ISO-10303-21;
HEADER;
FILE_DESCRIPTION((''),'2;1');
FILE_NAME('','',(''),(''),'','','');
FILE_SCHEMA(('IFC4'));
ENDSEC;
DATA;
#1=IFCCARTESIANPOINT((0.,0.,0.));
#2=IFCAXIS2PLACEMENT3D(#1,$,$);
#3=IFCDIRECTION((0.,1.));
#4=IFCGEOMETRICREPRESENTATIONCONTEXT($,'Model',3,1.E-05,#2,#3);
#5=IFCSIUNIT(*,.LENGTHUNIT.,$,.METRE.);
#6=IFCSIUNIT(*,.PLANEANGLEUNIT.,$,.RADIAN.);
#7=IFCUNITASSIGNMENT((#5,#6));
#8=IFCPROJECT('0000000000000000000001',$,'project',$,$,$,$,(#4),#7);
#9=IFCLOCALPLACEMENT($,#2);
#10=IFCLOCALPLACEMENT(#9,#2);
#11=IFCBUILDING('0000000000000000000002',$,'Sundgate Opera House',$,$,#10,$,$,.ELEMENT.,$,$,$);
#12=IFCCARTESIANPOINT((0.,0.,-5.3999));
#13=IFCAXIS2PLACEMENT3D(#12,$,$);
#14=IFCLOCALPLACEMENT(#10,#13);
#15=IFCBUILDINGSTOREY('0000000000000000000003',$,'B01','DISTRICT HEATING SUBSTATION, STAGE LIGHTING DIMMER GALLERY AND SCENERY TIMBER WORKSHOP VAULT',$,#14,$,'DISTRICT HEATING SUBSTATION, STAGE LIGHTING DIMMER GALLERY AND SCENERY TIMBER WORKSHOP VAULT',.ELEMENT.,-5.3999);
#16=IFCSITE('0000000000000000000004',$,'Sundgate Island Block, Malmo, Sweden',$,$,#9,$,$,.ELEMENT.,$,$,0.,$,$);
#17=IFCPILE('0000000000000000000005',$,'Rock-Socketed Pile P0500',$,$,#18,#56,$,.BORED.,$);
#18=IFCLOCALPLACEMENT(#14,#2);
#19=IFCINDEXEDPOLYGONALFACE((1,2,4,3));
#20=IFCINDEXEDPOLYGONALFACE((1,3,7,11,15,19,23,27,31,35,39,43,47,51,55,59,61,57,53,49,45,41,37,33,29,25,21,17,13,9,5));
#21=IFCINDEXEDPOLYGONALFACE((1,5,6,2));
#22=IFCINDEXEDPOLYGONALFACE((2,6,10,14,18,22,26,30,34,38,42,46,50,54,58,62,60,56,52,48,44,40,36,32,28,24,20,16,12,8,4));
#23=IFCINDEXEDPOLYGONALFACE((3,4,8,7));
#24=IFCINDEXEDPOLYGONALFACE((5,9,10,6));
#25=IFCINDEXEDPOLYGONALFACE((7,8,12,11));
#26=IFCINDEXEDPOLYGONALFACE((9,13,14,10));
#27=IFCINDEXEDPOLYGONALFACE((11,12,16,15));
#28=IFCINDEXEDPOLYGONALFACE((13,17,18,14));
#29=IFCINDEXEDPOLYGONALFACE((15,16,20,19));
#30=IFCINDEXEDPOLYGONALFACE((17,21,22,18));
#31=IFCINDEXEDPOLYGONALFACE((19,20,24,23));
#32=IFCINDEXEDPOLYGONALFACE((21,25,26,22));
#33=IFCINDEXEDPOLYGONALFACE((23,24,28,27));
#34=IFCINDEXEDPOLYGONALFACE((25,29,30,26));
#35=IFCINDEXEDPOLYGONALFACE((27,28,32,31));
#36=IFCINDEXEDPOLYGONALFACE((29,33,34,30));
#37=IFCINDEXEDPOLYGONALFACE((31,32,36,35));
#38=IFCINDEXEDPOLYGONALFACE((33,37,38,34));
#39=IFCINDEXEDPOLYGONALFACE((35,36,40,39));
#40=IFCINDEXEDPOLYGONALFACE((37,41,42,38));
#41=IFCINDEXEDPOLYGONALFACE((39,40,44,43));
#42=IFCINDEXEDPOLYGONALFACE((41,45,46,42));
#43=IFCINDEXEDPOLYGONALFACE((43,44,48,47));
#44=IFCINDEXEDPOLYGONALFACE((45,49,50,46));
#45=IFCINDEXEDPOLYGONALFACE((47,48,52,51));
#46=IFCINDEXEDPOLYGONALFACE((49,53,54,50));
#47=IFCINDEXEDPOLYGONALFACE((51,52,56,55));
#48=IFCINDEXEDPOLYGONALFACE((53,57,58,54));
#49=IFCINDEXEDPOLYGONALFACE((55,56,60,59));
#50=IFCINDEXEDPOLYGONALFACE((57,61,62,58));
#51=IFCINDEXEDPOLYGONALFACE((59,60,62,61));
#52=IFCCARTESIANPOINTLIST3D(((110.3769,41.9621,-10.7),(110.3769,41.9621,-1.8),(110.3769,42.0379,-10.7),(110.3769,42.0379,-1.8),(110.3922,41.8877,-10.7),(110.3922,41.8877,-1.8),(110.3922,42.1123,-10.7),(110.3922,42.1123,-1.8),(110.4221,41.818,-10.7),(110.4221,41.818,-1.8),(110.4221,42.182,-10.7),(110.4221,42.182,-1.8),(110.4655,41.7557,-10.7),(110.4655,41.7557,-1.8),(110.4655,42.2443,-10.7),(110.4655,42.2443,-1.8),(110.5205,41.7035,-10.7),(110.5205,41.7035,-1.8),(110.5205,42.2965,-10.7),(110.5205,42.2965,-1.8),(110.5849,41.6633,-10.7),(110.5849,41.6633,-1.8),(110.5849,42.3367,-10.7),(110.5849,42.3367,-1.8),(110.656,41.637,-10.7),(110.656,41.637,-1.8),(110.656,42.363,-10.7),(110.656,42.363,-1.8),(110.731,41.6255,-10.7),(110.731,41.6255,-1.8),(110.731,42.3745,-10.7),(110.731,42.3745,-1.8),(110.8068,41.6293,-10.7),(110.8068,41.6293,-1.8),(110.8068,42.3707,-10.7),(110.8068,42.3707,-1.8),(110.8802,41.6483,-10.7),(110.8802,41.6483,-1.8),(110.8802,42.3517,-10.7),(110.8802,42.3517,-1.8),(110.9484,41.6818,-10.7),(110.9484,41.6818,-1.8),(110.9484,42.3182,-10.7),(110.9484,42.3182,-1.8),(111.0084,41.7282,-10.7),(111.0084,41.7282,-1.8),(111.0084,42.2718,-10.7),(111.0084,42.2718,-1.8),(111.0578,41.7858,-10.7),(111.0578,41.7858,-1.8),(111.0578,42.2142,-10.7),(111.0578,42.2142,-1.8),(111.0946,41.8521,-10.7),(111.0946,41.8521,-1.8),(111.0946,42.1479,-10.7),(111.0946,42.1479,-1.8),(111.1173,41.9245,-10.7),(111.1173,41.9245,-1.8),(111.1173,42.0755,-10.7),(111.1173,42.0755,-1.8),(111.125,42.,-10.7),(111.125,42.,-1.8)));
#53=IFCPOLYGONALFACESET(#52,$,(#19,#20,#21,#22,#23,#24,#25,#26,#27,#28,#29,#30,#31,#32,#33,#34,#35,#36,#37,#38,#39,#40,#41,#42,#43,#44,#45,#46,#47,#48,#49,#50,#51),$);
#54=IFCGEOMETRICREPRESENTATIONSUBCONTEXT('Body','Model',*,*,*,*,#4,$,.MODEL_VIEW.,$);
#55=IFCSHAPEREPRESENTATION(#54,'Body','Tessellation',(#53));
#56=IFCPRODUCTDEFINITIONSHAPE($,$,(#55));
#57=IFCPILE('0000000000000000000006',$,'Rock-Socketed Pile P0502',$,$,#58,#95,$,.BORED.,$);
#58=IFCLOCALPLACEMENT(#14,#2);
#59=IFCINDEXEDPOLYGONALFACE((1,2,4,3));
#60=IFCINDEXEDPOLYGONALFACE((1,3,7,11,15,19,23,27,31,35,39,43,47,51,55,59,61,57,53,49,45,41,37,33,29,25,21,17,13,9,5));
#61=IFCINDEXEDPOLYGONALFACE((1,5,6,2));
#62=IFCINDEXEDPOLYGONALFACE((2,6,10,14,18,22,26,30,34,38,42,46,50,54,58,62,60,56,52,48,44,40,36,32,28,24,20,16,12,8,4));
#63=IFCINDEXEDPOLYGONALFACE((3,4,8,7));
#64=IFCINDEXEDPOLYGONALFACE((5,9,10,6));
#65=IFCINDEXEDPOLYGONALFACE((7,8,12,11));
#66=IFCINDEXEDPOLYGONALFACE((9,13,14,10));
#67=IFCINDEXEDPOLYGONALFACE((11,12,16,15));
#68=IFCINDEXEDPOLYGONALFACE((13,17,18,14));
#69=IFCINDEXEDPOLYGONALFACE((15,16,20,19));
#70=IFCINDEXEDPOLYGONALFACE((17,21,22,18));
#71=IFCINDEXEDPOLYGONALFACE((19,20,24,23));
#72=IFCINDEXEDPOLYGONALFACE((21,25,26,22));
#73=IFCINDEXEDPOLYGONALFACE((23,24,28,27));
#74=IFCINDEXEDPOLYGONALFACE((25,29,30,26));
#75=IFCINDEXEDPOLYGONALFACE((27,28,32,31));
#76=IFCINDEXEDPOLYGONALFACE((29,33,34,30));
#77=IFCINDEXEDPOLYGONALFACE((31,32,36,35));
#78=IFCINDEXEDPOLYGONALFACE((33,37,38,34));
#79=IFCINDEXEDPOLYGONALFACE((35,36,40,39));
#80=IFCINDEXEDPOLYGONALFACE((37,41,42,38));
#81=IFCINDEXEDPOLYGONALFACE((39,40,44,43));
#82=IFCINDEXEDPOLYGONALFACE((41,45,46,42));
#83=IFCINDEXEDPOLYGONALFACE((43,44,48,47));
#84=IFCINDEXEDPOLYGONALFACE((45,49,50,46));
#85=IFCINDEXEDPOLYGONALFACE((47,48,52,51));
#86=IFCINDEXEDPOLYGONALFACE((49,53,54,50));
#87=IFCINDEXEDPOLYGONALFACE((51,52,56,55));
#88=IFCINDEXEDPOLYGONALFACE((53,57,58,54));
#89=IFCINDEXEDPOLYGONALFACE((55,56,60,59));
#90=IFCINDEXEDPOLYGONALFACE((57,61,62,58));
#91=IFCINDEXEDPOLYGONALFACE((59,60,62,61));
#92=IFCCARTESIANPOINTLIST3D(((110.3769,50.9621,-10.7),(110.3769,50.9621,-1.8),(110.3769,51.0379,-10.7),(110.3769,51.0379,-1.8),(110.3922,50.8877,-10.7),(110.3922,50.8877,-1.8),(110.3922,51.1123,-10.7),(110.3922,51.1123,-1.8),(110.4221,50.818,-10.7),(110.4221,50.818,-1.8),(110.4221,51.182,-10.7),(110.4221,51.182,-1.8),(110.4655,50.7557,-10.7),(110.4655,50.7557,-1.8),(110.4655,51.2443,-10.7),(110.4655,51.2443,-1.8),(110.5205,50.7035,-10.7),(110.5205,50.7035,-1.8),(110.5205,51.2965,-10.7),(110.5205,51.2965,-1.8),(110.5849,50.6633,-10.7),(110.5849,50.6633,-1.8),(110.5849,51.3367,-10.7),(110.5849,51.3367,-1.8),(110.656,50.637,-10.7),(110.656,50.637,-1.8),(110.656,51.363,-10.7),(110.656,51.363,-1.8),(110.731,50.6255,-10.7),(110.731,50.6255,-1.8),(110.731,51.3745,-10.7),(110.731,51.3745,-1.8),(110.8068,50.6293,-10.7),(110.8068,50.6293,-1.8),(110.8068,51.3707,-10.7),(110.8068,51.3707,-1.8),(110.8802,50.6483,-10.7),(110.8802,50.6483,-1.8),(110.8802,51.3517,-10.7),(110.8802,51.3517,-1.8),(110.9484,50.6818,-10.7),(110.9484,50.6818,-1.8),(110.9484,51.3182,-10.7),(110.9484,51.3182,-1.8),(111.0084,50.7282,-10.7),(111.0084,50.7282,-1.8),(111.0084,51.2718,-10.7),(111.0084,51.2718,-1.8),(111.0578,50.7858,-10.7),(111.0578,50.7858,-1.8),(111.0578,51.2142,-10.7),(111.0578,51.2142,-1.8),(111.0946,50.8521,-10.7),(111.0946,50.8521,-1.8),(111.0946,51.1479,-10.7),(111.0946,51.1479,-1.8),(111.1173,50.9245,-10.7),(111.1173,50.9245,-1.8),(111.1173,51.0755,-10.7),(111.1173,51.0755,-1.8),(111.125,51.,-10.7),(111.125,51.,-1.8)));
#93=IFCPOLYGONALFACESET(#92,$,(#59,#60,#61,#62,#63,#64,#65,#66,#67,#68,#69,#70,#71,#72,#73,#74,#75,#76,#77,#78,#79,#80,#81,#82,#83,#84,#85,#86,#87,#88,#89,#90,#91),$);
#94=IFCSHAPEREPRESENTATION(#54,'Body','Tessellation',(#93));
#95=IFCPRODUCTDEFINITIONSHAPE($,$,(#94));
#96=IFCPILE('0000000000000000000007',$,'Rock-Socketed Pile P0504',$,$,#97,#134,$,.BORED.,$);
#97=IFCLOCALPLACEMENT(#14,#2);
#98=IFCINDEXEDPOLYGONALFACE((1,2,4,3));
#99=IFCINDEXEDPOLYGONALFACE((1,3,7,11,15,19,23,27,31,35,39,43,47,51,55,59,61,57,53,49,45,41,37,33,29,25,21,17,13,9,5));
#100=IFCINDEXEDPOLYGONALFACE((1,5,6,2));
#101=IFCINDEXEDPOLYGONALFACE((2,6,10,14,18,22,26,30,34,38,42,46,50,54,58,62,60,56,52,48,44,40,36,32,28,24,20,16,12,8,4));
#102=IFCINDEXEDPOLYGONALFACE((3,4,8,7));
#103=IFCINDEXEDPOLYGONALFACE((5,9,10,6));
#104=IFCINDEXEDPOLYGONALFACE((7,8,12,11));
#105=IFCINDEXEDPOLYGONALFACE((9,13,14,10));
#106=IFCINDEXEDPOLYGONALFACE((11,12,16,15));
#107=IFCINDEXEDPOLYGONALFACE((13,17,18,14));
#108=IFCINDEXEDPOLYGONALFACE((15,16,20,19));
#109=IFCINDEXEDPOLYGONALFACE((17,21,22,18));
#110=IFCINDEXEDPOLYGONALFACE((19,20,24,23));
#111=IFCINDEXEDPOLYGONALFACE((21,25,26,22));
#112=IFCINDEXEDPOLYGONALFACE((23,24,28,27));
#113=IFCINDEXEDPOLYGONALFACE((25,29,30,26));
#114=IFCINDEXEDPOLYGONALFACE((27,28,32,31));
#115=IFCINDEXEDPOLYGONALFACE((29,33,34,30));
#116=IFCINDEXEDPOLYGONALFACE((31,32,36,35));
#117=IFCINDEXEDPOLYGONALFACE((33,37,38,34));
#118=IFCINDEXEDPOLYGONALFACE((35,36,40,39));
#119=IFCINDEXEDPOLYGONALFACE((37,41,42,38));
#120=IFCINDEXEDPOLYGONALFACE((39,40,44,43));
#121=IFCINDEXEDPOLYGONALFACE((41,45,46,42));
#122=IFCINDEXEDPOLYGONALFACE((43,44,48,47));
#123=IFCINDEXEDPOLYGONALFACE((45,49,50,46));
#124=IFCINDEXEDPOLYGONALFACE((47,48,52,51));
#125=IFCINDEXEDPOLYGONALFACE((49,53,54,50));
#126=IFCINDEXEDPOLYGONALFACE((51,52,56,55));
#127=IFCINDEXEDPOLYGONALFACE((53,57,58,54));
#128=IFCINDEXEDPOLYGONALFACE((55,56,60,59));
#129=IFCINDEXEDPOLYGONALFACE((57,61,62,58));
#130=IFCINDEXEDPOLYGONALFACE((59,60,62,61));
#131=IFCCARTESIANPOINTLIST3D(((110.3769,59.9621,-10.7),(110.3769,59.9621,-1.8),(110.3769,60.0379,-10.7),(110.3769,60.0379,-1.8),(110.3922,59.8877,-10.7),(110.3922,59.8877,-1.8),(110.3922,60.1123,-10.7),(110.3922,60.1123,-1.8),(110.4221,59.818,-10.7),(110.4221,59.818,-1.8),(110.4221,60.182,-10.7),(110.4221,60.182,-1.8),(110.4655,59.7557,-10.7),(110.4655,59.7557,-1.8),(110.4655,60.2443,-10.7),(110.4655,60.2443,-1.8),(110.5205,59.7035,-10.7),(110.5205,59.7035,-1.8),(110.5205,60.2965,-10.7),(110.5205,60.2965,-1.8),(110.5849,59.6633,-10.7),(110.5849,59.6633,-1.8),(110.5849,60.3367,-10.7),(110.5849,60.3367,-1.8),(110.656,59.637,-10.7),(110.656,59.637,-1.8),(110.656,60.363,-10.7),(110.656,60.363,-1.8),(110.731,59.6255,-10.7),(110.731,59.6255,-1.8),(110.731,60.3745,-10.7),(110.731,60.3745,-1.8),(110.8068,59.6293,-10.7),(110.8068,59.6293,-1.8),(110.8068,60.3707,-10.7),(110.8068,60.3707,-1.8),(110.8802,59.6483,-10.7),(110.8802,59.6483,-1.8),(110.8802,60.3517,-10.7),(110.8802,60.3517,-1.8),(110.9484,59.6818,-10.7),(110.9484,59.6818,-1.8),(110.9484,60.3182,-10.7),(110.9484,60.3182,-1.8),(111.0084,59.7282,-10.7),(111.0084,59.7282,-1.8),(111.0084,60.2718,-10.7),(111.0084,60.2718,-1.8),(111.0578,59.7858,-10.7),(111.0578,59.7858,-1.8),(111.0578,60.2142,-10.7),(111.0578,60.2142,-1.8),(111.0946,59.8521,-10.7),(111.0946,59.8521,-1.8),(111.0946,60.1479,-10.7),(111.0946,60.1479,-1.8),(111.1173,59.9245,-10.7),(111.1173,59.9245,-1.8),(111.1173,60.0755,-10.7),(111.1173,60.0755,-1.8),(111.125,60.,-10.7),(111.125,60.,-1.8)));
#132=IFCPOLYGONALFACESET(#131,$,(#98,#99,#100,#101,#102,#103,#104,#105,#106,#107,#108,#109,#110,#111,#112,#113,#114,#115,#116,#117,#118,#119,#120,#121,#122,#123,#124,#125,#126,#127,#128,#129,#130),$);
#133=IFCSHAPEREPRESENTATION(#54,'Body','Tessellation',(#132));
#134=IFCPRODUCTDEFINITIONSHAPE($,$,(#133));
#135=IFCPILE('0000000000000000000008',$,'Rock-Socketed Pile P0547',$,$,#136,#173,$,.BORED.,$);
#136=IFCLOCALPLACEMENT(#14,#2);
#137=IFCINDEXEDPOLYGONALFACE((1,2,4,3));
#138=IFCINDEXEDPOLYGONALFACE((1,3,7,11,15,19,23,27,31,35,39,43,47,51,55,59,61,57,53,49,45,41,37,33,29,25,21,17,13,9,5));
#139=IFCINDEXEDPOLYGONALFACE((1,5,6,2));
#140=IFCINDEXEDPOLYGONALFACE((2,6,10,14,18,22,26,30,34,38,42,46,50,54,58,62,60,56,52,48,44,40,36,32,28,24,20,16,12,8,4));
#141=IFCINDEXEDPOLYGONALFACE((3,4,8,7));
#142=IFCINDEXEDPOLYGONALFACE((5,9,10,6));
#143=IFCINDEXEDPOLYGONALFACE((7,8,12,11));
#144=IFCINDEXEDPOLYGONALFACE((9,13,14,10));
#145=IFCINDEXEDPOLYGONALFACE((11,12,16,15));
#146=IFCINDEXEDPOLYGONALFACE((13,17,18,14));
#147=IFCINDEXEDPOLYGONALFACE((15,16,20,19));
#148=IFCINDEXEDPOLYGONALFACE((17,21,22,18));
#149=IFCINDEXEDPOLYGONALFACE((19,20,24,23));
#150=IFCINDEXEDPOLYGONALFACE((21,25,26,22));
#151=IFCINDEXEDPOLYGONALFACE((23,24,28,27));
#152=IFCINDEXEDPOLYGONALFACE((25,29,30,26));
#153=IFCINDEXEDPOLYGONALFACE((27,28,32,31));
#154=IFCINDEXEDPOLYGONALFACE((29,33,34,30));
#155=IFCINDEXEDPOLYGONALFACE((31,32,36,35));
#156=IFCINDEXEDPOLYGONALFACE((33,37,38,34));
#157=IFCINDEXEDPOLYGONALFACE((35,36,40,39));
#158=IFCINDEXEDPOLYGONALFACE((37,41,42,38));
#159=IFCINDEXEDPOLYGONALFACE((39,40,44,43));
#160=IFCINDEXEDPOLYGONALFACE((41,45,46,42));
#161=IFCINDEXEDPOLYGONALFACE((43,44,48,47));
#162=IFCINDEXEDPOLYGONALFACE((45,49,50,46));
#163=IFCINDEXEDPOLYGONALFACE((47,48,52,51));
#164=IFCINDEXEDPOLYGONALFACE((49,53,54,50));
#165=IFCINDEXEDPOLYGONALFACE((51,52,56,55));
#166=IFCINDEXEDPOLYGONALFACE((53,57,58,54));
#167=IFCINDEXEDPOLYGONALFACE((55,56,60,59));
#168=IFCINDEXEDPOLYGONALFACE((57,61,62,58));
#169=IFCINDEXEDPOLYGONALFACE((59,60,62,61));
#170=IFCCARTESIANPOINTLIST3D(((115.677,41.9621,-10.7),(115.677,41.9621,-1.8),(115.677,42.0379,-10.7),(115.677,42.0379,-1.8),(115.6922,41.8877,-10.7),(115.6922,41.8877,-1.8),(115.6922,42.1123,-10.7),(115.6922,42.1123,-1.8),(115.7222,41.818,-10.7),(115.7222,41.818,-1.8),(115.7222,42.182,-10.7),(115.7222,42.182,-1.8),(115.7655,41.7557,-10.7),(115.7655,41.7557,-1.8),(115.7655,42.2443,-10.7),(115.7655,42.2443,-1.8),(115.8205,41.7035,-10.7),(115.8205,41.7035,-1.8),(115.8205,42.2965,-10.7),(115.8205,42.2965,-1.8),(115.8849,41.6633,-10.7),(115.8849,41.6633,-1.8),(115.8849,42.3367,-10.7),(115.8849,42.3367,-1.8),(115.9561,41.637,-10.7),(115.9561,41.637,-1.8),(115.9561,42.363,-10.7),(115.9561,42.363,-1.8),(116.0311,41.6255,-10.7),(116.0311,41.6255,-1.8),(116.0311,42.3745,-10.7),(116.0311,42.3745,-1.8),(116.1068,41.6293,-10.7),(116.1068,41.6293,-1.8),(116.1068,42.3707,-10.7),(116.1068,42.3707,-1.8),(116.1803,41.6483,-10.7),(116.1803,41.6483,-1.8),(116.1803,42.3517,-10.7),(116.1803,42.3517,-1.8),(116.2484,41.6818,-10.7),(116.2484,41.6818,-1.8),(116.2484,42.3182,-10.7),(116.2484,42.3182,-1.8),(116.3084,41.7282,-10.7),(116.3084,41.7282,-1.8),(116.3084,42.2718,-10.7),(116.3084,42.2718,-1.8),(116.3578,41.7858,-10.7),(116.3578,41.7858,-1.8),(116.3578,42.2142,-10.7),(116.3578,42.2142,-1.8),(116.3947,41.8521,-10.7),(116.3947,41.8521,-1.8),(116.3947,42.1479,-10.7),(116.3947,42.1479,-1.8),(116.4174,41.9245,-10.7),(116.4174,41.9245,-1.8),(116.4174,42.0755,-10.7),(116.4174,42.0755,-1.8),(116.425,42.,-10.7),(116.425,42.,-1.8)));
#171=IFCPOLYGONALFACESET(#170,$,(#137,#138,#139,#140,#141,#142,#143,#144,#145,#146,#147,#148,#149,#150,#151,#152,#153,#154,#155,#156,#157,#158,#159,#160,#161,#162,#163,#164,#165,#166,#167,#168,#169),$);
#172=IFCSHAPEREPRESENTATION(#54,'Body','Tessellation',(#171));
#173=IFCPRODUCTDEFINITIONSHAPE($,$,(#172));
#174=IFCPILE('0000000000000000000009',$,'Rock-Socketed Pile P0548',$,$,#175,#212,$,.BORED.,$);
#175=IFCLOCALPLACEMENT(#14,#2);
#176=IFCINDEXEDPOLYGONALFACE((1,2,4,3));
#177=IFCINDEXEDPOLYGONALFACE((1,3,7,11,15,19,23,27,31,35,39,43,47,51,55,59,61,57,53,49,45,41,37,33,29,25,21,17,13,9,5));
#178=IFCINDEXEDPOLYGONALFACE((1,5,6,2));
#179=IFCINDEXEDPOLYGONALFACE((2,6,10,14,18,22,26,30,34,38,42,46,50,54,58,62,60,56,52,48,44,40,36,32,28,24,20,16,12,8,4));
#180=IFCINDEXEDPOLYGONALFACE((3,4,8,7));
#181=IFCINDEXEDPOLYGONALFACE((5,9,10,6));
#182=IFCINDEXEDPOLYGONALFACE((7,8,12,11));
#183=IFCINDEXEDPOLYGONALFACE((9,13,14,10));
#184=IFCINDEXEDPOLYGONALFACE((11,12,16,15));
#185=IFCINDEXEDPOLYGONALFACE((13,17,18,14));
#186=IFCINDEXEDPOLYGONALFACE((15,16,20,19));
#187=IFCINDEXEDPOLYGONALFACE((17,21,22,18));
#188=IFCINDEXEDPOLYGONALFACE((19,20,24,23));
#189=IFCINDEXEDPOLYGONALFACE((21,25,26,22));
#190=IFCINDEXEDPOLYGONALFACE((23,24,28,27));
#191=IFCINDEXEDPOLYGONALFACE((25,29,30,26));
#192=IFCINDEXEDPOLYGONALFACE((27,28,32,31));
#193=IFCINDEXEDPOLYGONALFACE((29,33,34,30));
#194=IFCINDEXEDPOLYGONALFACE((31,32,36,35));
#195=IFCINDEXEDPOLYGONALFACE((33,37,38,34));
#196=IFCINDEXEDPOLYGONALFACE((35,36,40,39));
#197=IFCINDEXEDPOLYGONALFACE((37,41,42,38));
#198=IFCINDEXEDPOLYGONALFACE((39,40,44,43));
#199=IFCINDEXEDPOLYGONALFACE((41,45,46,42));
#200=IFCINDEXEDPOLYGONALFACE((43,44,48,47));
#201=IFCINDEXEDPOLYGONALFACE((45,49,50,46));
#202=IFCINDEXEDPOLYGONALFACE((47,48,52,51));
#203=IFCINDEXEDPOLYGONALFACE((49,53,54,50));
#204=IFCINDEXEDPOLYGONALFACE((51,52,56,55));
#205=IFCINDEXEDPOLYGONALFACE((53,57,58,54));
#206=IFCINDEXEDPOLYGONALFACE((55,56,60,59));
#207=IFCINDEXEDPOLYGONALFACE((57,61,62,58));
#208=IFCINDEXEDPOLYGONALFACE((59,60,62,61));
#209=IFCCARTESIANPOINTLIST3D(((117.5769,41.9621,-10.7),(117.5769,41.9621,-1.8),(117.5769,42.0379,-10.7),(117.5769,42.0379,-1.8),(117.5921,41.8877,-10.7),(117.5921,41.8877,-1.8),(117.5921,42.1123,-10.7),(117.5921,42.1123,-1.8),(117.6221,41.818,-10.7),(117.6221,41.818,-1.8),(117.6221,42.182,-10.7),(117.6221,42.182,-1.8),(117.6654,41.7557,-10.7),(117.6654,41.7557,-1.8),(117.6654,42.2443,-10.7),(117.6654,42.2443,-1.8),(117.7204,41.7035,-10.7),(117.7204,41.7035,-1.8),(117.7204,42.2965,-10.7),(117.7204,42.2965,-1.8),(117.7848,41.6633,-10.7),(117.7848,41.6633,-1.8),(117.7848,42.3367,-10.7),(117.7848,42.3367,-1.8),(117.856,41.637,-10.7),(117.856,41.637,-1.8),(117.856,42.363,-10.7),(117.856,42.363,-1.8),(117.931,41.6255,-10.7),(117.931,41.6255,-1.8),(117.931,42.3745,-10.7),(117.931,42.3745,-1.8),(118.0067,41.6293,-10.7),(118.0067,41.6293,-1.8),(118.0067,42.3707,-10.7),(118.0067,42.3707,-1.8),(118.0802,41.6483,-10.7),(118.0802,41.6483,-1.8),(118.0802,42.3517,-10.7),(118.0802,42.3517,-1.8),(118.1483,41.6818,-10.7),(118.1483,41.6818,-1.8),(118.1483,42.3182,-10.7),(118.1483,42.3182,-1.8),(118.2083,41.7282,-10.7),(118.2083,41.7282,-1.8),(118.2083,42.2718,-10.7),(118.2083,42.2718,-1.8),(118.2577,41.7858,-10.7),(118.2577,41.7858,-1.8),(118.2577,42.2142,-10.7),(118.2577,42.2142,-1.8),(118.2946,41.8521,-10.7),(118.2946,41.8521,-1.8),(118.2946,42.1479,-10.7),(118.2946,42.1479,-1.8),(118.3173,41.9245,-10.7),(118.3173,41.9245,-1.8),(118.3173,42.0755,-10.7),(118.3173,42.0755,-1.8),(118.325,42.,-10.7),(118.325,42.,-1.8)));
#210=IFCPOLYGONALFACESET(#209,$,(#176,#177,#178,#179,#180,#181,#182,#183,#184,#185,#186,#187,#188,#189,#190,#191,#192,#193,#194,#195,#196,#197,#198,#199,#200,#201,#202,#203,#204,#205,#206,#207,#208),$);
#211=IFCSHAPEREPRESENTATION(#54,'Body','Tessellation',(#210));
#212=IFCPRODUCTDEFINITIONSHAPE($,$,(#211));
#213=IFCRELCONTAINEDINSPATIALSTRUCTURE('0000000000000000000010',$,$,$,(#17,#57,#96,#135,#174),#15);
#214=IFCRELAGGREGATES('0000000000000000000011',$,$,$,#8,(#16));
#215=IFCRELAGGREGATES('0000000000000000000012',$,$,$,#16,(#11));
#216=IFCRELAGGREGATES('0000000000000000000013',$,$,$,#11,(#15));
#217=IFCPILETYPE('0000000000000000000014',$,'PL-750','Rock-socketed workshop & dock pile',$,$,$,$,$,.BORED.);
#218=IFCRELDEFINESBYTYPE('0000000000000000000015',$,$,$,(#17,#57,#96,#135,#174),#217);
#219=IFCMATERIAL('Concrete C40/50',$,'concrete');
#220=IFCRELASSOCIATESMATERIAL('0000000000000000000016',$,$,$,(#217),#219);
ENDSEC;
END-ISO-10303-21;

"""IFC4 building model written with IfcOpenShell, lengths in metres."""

from ifc_helpers import new_model, si_unit, direction, frame, origin, origin_2d, place, context, subcontext, project, spatial, circle, extrude, material, material_profile, profile_set, type_object, element, save


model = new_model("IFC4")

# Units and contexts
model_context = context("Model", 3, precision=1e-05, world=origin(), true_north=direction((0.0, 1.0)))
body_context = subcontext(model_context, "Body", "Model", "MODEL_VIEW")
ifc_project = project(units=[si_unit("LENGTHUNIT", "METRE"), si_unit("PLANEANGLEUNIT", "RADIAN")], contexts=[model_context])

# Site, building, storey
site_placement = place(None, origin())
site = spatial("IfcSite", under=ifc_project, at=site_placement, Name="Sundgate Island Block, Malmo, Sweden", CompositionType="ELEMENT", RefElevation=0.0)
building_placement = place(site_placement, origin())
building = spatial("IfcBuilding", under=site, at=building_placement, Name="Sundgate Opera House", CompositionType="ELEMENT")
storey_placement = place(building_placement, frame((0.0, 0.0, -5.3999)))
storey = spatial("IfcBuildingStorey", under=building, at=storey_placement, Name="B01", Description="DISTRICT HEATING SUBSTATION, STAGE LIGHTING DIMMER GALLERY AND SCENERY TIMBER WORKSHOP VAULT", LongName="DISTRICT HEATING SUBSTATION, STAGE LIGHTING DIMMER GALLERY AND SCENERY TIMBER WORKSHOP VAULT", CompositionType="ELEMENT", Elevation=-5.3999)

# Piles
ifc_material_1 = material(Name="Concrete C40/50", Category="concrete")
ifc_material_profile_1 = material_profile(ifc_material_1, circle(Radius=0.375, at=origin_2d()), Name="PILE D750")
ifc_profile_set_1 = profile_set([ifc_material_profile_1], Name="Concrete C40/50")
pile_type = type_object("IfcPileType", Name="PL-750", Description="Rock-socketed workshop & dock pile", PredefinedType="BORED", material=ifc_profile_set_1)
for number, where, z_axis, x_axis, name in (
    (1, (110.75, 42.0, -1.8), (0.0, 0.0, -1.0), (1.0, 0.0, 0.0), "Rock-Socketed Pile P0500"),
    (2, (110.75, 51.0, -1.8), (0.0, 0.0, -1.0), (1.0, 0.0, 0.0), "Rock-Socketed Pile P0502"),
    (3, (110.75, 60.0, -1.8), (0.0, 0.0, -1.0), (1.0, 0.0, 0.0), "Rock-Socketed Pile P0504"),
    (4, (116.05, 42.0, -1.8), (0.0, 0.0, -1.0), (1.0, 0.0, 0.0), "Rock-Socketed Pile P0547"),
    (5, (117.95, 42.0, -1.8), (0.0, 0.0, -1.0), (1.0, 0.0, 0.0), "Rock-Socketed Pile P0548"),
):
    element("IfcPile", number, at=place(storey_placement, frame(where, z_axis=z_axis, x_axis=x_axis)), inside=storey, type_object=pile_type, Name=name, PredefinedType="BORED", context=body_context, shape_type="SweptSolid", body=[
        extrude(circle(Radius=0.375, at=origin_2d()), origin(), (0.0, 0.0, 1.0), 8.8999),
    ])

save(model, "model.ifc")
